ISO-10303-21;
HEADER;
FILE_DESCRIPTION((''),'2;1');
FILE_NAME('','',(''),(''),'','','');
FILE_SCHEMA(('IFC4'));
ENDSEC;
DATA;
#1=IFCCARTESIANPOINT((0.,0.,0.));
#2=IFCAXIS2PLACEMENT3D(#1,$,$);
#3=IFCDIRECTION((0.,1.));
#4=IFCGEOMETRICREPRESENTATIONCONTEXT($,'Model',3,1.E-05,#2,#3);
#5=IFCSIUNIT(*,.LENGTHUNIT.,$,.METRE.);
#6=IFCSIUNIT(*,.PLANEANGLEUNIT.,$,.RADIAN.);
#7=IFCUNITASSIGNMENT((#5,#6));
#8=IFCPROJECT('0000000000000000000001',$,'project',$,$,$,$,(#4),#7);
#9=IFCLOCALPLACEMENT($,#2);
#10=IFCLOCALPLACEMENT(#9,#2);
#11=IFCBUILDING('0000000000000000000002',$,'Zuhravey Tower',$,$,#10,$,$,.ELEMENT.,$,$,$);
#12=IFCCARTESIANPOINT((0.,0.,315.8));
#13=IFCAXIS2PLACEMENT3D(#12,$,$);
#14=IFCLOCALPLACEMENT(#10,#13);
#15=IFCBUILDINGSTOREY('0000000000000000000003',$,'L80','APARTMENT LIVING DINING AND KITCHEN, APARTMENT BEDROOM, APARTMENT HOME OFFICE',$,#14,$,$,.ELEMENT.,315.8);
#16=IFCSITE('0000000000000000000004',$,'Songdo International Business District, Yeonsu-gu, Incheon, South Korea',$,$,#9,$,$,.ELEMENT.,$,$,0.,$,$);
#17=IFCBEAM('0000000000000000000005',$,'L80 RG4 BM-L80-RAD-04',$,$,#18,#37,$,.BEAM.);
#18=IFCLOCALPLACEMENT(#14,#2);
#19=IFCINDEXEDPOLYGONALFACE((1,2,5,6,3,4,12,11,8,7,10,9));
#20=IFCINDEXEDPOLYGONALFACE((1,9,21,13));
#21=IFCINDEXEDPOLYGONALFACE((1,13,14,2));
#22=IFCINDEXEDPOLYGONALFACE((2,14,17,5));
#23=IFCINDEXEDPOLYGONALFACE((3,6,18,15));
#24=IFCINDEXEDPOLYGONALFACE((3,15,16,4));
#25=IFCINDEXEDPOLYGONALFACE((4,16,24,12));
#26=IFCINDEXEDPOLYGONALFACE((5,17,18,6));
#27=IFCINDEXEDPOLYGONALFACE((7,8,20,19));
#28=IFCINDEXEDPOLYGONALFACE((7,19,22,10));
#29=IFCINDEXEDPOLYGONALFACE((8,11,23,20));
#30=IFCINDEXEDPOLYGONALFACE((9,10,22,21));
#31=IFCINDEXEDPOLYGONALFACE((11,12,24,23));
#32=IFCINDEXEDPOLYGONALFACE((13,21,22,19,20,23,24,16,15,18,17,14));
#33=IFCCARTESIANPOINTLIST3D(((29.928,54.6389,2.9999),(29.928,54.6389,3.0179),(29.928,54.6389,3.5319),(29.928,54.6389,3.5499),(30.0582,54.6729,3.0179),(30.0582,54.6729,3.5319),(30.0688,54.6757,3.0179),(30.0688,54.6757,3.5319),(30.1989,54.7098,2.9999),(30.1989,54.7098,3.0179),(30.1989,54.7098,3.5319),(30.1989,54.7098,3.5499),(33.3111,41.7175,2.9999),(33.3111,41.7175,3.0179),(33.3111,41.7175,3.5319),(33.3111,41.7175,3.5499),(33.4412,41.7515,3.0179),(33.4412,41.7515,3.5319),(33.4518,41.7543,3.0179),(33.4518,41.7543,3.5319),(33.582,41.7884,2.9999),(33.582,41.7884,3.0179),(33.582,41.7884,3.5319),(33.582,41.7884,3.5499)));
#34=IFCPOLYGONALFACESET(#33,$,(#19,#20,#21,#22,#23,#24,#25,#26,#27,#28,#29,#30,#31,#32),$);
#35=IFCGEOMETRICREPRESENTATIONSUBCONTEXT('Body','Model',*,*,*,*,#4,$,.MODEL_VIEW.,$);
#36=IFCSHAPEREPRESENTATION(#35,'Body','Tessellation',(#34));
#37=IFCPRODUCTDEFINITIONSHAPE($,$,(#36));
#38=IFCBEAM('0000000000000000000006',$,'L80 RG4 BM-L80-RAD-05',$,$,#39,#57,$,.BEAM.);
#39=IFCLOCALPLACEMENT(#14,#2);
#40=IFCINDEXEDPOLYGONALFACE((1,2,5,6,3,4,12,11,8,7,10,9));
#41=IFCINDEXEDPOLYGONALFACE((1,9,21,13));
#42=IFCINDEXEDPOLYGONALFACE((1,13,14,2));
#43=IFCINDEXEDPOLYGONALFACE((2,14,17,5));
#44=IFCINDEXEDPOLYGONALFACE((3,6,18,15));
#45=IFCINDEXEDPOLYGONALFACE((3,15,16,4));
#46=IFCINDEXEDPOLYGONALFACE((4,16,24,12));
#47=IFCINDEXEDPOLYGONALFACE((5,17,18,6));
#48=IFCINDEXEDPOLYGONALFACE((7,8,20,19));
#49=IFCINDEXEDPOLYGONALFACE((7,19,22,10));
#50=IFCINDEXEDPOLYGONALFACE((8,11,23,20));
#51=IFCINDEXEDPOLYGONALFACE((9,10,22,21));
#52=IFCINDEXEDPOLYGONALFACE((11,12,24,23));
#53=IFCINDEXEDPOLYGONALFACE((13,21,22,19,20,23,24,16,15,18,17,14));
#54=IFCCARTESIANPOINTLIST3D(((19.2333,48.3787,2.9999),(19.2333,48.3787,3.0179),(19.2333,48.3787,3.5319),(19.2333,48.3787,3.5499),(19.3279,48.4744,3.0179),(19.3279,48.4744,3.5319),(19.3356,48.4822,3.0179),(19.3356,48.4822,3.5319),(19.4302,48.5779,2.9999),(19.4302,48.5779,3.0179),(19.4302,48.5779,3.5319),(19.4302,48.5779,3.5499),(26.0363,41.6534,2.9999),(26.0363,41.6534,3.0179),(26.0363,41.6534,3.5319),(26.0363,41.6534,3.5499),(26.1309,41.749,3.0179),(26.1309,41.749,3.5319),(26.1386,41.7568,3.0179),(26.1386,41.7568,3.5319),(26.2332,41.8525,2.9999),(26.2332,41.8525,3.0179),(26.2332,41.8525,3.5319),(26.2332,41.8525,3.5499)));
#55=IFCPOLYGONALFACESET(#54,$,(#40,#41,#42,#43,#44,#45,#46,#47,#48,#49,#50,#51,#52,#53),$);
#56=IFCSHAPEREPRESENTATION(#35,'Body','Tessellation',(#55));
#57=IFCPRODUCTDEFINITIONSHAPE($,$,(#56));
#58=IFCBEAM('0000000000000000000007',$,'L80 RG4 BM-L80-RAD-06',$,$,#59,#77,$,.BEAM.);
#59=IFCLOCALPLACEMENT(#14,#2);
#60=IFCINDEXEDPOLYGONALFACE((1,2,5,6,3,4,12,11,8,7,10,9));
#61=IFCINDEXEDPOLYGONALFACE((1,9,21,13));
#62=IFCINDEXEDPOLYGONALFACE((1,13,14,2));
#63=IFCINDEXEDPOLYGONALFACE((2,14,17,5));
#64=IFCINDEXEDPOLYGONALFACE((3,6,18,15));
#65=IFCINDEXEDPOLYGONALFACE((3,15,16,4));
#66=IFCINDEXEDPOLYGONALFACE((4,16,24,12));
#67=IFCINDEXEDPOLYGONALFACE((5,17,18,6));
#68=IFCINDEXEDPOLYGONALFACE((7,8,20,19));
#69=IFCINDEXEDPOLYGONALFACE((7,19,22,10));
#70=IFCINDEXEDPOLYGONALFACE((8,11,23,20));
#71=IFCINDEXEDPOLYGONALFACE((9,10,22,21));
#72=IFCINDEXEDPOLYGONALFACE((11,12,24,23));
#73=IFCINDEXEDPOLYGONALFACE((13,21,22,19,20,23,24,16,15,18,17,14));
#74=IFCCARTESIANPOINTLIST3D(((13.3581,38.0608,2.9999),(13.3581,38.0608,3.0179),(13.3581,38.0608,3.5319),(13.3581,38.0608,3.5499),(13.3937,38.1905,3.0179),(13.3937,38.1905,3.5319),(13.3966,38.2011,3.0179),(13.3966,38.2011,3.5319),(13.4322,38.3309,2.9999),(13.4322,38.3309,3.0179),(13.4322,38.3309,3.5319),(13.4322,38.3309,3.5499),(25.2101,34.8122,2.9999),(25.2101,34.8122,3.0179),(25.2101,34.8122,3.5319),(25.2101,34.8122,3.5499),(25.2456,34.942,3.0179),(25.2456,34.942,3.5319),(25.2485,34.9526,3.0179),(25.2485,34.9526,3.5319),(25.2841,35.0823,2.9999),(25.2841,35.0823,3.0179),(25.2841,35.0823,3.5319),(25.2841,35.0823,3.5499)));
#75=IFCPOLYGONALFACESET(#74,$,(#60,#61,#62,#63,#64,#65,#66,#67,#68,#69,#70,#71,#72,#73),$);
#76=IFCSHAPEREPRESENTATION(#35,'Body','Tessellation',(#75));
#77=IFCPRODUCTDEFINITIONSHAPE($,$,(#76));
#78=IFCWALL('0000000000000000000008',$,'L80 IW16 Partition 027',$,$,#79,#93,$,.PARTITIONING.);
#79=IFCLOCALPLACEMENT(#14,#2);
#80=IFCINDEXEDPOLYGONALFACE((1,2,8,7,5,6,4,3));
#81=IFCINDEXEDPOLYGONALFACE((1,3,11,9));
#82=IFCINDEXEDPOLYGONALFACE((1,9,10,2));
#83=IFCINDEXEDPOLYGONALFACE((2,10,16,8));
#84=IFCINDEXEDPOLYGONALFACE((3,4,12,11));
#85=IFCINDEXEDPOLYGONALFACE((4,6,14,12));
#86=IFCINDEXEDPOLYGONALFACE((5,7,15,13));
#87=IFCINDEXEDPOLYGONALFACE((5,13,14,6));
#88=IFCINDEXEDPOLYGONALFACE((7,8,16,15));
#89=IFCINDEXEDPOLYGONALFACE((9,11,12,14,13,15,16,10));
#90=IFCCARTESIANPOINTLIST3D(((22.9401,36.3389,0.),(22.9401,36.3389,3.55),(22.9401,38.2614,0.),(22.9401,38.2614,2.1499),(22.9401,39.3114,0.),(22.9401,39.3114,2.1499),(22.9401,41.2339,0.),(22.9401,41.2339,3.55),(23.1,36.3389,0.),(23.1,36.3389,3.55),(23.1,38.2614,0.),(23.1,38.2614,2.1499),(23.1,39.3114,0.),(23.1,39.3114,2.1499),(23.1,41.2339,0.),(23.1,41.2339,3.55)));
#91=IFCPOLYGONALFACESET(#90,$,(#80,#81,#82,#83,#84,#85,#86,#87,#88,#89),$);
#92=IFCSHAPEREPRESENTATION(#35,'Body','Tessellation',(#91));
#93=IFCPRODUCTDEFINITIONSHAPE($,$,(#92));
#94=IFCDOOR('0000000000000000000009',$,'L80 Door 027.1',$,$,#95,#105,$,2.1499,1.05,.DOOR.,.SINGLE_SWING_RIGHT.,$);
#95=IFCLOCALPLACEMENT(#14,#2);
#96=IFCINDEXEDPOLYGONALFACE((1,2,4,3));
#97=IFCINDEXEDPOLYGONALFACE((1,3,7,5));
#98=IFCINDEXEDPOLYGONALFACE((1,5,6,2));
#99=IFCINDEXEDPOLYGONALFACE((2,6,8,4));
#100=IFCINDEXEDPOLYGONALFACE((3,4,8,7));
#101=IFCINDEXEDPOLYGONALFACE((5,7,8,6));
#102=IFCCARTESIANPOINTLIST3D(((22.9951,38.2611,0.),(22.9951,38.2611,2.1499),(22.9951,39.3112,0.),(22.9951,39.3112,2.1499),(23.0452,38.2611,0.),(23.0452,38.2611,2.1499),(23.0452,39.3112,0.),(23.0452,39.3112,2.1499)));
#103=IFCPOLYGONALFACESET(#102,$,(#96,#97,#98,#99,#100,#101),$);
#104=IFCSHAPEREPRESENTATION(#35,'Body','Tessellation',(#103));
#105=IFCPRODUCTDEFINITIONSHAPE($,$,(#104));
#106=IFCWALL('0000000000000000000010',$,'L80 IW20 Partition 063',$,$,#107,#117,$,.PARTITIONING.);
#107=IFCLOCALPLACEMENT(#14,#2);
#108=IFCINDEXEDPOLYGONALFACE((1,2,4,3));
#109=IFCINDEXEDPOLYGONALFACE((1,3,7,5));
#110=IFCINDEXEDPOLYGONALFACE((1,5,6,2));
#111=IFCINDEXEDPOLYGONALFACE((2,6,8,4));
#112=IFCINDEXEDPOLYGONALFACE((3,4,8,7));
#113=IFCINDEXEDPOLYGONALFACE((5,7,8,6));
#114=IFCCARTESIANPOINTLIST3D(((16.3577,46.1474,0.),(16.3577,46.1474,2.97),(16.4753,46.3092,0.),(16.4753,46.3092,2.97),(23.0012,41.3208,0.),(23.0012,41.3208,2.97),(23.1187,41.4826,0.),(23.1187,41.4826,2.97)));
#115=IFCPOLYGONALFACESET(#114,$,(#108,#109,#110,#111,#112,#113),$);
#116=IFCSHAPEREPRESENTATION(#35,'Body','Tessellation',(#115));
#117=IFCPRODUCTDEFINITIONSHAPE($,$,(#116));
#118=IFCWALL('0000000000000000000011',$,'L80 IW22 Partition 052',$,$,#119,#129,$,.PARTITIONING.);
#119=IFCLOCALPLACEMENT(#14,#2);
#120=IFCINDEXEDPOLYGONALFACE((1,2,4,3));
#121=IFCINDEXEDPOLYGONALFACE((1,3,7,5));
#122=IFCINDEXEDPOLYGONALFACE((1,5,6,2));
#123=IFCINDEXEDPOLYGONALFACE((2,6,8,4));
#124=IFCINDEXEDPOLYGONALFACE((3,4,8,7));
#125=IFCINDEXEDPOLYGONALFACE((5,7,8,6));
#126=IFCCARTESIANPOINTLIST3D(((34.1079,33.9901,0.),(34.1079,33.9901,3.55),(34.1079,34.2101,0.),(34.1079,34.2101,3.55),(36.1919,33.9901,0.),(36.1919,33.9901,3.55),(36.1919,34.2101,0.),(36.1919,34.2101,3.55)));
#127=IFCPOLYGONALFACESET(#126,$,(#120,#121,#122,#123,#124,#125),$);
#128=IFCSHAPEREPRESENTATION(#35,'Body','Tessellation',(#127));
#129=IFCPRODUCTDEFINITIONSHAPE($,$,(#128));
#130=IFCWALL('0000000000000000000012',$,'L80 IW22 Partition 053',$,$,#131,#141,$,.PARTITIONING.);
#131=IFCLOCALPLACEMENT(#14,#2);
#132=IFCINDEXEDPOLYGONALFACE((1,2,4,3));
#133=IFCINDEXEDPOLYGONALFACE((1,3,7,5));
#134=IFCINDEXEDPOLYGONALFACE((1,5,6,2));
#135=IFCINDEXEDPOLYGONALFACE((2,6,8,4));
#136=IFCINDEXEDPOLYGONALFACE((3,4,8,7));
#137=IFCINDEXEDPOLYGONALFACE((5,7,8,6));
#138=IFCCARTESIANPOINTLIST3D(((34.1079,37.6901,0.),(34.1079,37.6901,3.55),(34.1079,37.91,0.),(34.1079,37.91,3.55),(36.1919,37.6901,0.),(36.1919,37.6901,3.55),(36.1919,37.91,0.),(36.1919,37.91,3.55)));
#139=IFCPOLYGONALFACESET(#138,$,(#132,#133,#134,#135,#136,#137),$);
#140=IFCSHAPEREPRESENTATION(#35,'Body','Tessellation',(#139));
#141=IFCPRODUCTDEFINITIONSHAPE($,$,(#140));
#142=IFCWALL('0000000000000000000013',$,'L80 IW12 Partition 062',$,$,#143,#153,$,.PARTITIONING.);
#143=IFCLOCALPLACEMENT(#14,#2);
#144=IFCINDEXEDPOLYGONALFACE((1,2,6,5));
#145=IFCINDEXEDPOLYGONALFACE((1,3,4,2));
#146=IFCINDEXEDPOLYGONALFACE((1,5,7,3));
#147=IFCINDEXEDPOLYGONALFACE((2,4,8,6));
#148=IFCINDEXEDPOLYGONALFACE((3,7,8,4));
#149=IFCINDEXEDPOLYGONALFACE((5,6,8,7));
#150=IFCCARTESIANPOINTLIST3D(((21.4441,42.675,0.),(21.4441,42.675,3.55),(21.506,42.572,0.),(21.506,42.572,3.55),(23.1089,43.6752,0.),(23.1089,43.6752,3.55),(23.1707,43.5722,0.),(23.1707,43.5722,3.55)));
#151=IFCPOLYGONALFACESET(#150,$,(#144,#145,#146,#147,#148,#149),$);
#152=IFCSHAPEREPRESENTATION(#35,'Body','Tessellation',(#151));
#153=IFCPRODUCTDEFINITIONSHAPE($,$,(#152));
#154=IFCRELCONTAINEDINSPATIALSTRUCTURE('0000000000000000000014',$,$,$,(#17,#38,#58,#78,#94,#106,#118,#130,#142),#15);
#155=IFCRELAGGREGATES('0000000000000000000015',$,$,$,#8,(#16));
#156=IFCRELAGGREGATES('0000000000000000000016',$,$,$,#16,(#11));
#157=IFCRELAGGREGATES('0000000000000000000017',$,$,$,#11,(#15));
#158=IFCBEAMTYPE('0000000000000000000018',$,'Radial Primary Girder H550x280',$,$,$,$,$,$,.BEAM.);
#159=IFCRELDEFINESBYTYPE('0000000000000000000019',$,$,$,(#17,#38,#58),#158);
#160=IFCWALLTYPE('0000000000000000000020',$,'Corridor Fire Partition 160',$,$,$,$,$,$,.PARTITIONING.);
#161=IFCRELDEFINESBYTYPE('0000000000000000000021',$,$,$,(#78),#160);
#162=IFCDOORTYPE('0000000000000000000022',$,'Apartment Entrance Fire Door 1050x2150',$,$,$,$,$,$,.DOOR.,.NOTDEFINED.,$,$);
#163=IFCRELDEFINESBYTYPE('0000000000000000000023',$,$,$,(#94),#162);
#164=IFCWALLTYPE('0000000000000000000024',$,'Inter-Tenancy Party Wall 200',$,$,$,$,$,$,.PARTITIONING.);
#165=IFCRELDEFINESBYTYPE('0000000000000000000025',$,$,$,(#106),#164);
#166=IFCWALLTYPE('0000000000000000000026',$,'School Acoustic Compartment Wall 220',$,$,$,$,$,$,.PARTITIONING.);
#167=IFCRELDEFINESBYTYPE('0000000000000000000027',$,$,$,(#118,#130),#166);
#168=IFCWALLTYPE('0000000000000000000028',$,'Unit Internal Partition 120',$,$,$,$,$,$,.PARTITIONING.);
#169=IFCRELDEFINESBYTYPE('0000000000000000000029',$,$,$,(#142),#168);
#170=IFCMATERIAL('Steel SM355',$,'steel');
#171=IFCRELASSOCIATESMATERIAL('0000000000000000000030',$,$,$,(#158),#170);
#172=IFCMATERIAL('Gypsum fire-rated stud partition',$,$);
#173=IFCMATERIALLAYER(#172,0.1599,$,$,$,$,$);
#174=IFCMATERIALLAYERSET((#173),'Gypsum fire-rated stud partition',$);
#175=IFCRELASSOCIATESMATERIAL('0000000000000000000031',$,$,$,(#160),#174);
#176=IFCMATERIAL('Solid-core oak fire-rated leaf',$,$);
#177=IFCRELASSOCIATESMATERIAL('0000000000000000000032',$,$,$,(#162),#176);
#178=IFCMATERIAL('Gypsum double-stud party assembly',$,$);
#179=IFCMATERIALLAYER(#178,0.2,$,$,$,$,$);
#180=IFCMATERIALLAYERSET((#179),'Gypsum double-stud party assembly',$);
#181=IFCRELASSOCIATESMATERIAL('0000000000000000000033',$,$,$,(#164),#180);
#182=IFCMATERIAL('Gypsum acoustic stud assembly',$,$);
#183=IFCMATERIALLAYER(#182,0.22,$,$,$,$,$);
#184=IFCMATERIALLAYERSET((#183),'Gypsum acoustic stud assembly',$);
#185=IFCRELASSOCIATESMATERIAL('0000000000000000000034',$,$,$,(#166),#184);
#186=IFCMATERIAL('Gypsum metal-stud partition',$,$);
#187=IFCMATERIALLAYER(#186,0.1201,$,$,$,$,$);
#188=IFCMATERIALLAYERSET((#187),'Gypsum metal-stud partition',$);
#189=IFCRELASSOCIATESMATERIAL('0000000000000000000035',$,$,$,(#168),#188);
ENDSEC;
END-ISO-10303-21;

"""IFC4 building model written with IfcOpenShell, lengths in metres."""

from ifc_helpers import new_model, si_unit, direction, frame, frame_2d, origin, origin_2d, place, context, subcontext, project, spatial, rectangle, i_section, extrude, material, layer, layer_set, material_profile, profile_set, type_object, element, fill, save


model = new_model("IFC4")

# Units and contexts
model_context = context("Model", 3, precision=1e-05, world=origin(), true_north=direction((0.0, 1.0)))
body_context = subcontext(model_context, "Body", "Model", "MODEL_VIEW")
ifc_project = project(units=[si_unit("LENGTHUNIT", "METRE"), si_unit("PLANEANGLEUNIT", "RADIAN")], contexts=[model_context])

# Site, building, storey
site_placement = place(None, origin())
site = spatial("IfcSite", under=ifc_project, at=site_placement, Name="Songdo International Business District, Yeonsu-gu, Incheon, South Korea", CompositionType="ELEMENT", RefElevation=0.0)
building_placement = place(site_placement, origin())
building = spatial("IfcBuilding", under=site, at=building_placement, Name="Zuhravey Tower", CompositionType="ELEMENT")
storey_placement = place(building_placement, frame((0.0, 0.0, 315.8)))
storey = spatial("IfcBuildingStorey", under=building, at=storey_placement, Name="L80", Description="APARTMENT LIVING DINING AND KITCHEN, APARTMENT BEDROOM, APARTMENT HOME OFFICE", CompositionType="ELEMENT", Elevation=315.8)

# Beams
ifc_material_1 = material(Name="Steel SM355", Category="steel")
ifc_material_profile = material_profile(ifc_material_1, i_section(OverallWidth=0.28, OverallDepth=0.55, WebThickness=0.011, FlangeThickness=0.0181, at=origin_2d()), Name="H-550x280x11x18")
ifc_profile_set = profile_set([ifc_material_profile], Name="Steel SM355")
beam_type = type_object("IfcBeamType", Name="Radial Primary Girder H550x280", PredefinedType="BEAM", material=ifc_profile_set)
beam_1_placement = place(storey_placement, frame((33.4465, 41.7529, 3.2749), z_axis=(-0.253281, 0.967393, 0.0), x_axis=(-0.967393, -0.253281, 0.0)))
element("IfcBeam", 1, at=beam_1_placement, inside=storey, type_object=beam_type, Name="L80 RG4 BM-L80-RAD-04", PredefinedType="BEAM", context=body_context, shape_type="SweptSolid", body=[
    extrude(i_section(OverallWidth=0.28, OverallDepth=0.55, WebThickness=0.011, FlangeThickness=0.0181, at=origin_2d()), origin(), (0.0, 0.0, 1.0), 13.3569),
])
beam_2_placement = place(storey_placement, frame((26.1348, 41.7529, 3.2749), z_axis=(-0.711153, 0.703037, 0.0), x_axis=(-0.703037, -0.711153, 0.0)))
element("IfcBeam", 2, at=beam_2_placement, inside=storey, type_object=beam_type, Name="L80 RG4 BM-L80-RAD-05", PredefinedType="BEAM", context=body_context, shape_type="SweptSolid", body=[
    extrude(i_section(OverallWidth=0.28, OverallDepth=0.55, WebThickness=0.011, FlangeThickness=0.0181, at=origin_2d()), origin(), (0.0, 0.0, 1.0), 9.5662),
])
beam_3_placement = place(storey_placement, frame((25.2471, 34.9473, 3.2749), z_axis=(-0.964428, 0.264346, 0.0), x_axis=(-0.264346, -0.964428, 0.0)))
element("IfcBeam", 3, at=beam_3_placement, inside=storey, type_object=beam_type, Name="L80 RG4 BM-L80-RAD-06", PredefinedType="BEAM", context=body_context, shape_type="SweptSolid", body=[
    extrude(i_section(OverallWidth=0.28, OverallDepth=0.55, WebThickness=0.011, FlangeThickness=0.0181, at=origin_2d()), origin(), (0.0, 0.0, 1.0), 12.2891),
])

# Wall, opening, door
ifc_material_2 = material(Name="Gypsum fire-rated stud partition")
ifc_layer_1 = layer(ifc_material_2, 0.1599)
ifc_layer_set_1 = layer_set([ifc_layer_1], Name="Gypsum fire-rated stud partition")
wall_type_1 = type_object("IfcWallType", Name="Corridor Fire Partition 160", PredefinedType="PARTITIONING", material=ifc_layer_set_1)
wall_1_placement = place(storey_placement, frame((23.02, 41.2339, 0.0), z_axis=(0.0, 0.0, 1.0), x_axis=(0.0, -1.0, 0.0)))
wall_1 = element("IfcWall", 4, at=wall_1_placement, inside=storey, type_object=wall_type_1, Name="L80 IW16 Partition 027", PredefinedType="PARTITIONING", context=body_context, shape_type="SweptSolid", body=[
    extrude(rectangle(XDim=4.895, YDim=0.1599, at=frame_2d((2.4475, 0.0))), origin(), (0.0, 0.0, 1.0), 3.55),
])
opening_placement = place(wall_1_placement, frame((1.9226, 0.0, 0.0)))
opening = element("IfcOpeningElement", 5, at=opening_placement, cuts=wall_1, PredefinedType="OPENING", context=body_context, shape_type="SweptSolid", body=[
    extrude(rectangle(XDim=1.05, YDim=2.1499, at=frame_2d((0.5249, 1.075))), frame((0.0, 0.092, 0.0), z_axis=(0.0, -1.0, 0.0), x_axis=(1.0, 0.0, 0.0)), (0.0, 0.0, 1.0), 0.1838),
])
ifc_material_3 = material(Name="Solid-core oak fire-rated leaf")
door_type = type_object("IfcDoorType", Name="Apartment Entrance Fire Door 1050x2150", OperationType="NOTDEFINED", PredefinedType="DOOR", material=ifc_material_3)
door_placement = place(opening_placement, frame((1.05, 0.0, 0.0), z_axis=(0.0, 0.0, 1.0), x_axis=(-1.0, 0.0, 0.0)))
door = element("IfcDoor", 6, at=door_placement, inside=storey, type_object=door_type, Name="L80 Door 027.1", OperationType="SINGLE_SWING_RIGHT", OverallHeight=2.1499, OverallWidth=1.05, PredefinedType="DOOR", context=body_context, shape_type="SweptSolid", body=[
    extrude(rectangle(XDim=1.05, YDim=2.1499, at=frame_2d((0.5249, 1.075))), frame((0.0, 0.0249, 0.0), z_axis=(0.0, -1.0, 0.0), x_axis=(1.0, 0.0, 0.0)), (0.0, 0.0, 1.0), 0.05),
])
fill(opening, door)

# Walls
ifc_material_4 = material(Name="Gypsum double-stud party assembly")
ifc_layer_2 = layer(ifc_material_4, 0.2)
ifc_layer_set_2 = layer_set([ifc_layer_2], Name="Gypsum double-stud party assembly")
wall_type_2 = type_object("IfcWallType", Name="Inter-Tenancy Party Wall 200", PredefinedType="PARTITIONING", material=ifc_layer_set_2)
wall_2_placement = place(storey_placement, frame((23.0601, 41.4016, 0.0), z_axis=(0.0, 0.0, 1.0), x_axis=(-0.809027, 0.587772, 0.0)))
element("IfcWall", 7, at=wall_2_placement, inside=storey, type_object=wall_type_2, Name="L80 IW20 Partition 063", PredefinedType="PARTITIONING", context=body_context, shape_type="SweptSolid", body=[
    extrude(rectangle(XDim=8.2117, YDim=0.2, at=frame_2d((4.106, 0.0))), origin(), (0.0, 0.0, 1.0), 2.97),
])
ifc_material_5 = material(Name="Gypsum acoustic stud assembly")
ifc_layer_3 = layer(ifc_material_5, 0.22)
ifc_layer_set_3 = layer_set([ifc_layer_3], Name="Gypsum acoustic stud assembly")
wall_type_3 = type_object("IfcWallType", Name="School Acoustic Compartment Wall 220", PredefinedType="PARTITIONING", material=ifc_layer_set_3)
for number, where, z_axis, x_axis, name in (
    (8, (34.1079, 34.1001, 0.0), (0.0, 0.0, 1.0), (1.0, 0.0, 0.0), "L80 IW22 Partition 052"),
    (9, (34.1079, 37.8, 0.0), (0.0, 0.0, 1.0), (1.0, 0.0, 0.0), "L80 IW22 Partition 053"),
):
    element("IfcWall", number, at=place(storey_placement, frame(where, z_axis=z_axis, x_axis=x_axis)), inside=storey, type_object=wall_type_3, Name=name, PredefinedType="PARTITIONING", context=body_context, shape_type="SweptSolid", body=[
        extrude(rectangle(XDim=2.084, YDim=0.22, at=frame_2d((1.042, 0.0))), origin(), (0.0, 0.0, 1.0), 3.55),
    ])
ifc_material_6 = material(Name="Gypsum metal-stud partition")
ifc_layer_4 = layer(ifc_material_6, 0.1201)
ifc_layer_set_4 = layer_set([ifc_layer_4], Name="Gypsum metal-stud partition")
wall_type_4 = type_object("IfcWallType", Name="Unit Internal Partition 120", PredefinedType="PARTITIONING", material=ifc_layer_set_4)
wall_3_placement = place(storey_placement, frame((23.1399, 43.6238, 0.0), z_axis=(0.0, 0.0, 1.0), x_axis=(-0.857182, -0.515013, 0.0)))
element("IfcWall", 10, at=wall_3_placement, inside=storey, type_object=wall_type_4, Name="L80 IW12 Partition 062", PredefinedType="PARTITIONING", context=body_context, shape_type="SweptSolid", body=[
    extrude(rectangle(XDim=1.9421, YDim=0.1201, at=frame_2d((0.9712, 0.0))), origin(), (0.0, 0.0, 1.0), 3.55),
])

save(model, "model.ifc")
